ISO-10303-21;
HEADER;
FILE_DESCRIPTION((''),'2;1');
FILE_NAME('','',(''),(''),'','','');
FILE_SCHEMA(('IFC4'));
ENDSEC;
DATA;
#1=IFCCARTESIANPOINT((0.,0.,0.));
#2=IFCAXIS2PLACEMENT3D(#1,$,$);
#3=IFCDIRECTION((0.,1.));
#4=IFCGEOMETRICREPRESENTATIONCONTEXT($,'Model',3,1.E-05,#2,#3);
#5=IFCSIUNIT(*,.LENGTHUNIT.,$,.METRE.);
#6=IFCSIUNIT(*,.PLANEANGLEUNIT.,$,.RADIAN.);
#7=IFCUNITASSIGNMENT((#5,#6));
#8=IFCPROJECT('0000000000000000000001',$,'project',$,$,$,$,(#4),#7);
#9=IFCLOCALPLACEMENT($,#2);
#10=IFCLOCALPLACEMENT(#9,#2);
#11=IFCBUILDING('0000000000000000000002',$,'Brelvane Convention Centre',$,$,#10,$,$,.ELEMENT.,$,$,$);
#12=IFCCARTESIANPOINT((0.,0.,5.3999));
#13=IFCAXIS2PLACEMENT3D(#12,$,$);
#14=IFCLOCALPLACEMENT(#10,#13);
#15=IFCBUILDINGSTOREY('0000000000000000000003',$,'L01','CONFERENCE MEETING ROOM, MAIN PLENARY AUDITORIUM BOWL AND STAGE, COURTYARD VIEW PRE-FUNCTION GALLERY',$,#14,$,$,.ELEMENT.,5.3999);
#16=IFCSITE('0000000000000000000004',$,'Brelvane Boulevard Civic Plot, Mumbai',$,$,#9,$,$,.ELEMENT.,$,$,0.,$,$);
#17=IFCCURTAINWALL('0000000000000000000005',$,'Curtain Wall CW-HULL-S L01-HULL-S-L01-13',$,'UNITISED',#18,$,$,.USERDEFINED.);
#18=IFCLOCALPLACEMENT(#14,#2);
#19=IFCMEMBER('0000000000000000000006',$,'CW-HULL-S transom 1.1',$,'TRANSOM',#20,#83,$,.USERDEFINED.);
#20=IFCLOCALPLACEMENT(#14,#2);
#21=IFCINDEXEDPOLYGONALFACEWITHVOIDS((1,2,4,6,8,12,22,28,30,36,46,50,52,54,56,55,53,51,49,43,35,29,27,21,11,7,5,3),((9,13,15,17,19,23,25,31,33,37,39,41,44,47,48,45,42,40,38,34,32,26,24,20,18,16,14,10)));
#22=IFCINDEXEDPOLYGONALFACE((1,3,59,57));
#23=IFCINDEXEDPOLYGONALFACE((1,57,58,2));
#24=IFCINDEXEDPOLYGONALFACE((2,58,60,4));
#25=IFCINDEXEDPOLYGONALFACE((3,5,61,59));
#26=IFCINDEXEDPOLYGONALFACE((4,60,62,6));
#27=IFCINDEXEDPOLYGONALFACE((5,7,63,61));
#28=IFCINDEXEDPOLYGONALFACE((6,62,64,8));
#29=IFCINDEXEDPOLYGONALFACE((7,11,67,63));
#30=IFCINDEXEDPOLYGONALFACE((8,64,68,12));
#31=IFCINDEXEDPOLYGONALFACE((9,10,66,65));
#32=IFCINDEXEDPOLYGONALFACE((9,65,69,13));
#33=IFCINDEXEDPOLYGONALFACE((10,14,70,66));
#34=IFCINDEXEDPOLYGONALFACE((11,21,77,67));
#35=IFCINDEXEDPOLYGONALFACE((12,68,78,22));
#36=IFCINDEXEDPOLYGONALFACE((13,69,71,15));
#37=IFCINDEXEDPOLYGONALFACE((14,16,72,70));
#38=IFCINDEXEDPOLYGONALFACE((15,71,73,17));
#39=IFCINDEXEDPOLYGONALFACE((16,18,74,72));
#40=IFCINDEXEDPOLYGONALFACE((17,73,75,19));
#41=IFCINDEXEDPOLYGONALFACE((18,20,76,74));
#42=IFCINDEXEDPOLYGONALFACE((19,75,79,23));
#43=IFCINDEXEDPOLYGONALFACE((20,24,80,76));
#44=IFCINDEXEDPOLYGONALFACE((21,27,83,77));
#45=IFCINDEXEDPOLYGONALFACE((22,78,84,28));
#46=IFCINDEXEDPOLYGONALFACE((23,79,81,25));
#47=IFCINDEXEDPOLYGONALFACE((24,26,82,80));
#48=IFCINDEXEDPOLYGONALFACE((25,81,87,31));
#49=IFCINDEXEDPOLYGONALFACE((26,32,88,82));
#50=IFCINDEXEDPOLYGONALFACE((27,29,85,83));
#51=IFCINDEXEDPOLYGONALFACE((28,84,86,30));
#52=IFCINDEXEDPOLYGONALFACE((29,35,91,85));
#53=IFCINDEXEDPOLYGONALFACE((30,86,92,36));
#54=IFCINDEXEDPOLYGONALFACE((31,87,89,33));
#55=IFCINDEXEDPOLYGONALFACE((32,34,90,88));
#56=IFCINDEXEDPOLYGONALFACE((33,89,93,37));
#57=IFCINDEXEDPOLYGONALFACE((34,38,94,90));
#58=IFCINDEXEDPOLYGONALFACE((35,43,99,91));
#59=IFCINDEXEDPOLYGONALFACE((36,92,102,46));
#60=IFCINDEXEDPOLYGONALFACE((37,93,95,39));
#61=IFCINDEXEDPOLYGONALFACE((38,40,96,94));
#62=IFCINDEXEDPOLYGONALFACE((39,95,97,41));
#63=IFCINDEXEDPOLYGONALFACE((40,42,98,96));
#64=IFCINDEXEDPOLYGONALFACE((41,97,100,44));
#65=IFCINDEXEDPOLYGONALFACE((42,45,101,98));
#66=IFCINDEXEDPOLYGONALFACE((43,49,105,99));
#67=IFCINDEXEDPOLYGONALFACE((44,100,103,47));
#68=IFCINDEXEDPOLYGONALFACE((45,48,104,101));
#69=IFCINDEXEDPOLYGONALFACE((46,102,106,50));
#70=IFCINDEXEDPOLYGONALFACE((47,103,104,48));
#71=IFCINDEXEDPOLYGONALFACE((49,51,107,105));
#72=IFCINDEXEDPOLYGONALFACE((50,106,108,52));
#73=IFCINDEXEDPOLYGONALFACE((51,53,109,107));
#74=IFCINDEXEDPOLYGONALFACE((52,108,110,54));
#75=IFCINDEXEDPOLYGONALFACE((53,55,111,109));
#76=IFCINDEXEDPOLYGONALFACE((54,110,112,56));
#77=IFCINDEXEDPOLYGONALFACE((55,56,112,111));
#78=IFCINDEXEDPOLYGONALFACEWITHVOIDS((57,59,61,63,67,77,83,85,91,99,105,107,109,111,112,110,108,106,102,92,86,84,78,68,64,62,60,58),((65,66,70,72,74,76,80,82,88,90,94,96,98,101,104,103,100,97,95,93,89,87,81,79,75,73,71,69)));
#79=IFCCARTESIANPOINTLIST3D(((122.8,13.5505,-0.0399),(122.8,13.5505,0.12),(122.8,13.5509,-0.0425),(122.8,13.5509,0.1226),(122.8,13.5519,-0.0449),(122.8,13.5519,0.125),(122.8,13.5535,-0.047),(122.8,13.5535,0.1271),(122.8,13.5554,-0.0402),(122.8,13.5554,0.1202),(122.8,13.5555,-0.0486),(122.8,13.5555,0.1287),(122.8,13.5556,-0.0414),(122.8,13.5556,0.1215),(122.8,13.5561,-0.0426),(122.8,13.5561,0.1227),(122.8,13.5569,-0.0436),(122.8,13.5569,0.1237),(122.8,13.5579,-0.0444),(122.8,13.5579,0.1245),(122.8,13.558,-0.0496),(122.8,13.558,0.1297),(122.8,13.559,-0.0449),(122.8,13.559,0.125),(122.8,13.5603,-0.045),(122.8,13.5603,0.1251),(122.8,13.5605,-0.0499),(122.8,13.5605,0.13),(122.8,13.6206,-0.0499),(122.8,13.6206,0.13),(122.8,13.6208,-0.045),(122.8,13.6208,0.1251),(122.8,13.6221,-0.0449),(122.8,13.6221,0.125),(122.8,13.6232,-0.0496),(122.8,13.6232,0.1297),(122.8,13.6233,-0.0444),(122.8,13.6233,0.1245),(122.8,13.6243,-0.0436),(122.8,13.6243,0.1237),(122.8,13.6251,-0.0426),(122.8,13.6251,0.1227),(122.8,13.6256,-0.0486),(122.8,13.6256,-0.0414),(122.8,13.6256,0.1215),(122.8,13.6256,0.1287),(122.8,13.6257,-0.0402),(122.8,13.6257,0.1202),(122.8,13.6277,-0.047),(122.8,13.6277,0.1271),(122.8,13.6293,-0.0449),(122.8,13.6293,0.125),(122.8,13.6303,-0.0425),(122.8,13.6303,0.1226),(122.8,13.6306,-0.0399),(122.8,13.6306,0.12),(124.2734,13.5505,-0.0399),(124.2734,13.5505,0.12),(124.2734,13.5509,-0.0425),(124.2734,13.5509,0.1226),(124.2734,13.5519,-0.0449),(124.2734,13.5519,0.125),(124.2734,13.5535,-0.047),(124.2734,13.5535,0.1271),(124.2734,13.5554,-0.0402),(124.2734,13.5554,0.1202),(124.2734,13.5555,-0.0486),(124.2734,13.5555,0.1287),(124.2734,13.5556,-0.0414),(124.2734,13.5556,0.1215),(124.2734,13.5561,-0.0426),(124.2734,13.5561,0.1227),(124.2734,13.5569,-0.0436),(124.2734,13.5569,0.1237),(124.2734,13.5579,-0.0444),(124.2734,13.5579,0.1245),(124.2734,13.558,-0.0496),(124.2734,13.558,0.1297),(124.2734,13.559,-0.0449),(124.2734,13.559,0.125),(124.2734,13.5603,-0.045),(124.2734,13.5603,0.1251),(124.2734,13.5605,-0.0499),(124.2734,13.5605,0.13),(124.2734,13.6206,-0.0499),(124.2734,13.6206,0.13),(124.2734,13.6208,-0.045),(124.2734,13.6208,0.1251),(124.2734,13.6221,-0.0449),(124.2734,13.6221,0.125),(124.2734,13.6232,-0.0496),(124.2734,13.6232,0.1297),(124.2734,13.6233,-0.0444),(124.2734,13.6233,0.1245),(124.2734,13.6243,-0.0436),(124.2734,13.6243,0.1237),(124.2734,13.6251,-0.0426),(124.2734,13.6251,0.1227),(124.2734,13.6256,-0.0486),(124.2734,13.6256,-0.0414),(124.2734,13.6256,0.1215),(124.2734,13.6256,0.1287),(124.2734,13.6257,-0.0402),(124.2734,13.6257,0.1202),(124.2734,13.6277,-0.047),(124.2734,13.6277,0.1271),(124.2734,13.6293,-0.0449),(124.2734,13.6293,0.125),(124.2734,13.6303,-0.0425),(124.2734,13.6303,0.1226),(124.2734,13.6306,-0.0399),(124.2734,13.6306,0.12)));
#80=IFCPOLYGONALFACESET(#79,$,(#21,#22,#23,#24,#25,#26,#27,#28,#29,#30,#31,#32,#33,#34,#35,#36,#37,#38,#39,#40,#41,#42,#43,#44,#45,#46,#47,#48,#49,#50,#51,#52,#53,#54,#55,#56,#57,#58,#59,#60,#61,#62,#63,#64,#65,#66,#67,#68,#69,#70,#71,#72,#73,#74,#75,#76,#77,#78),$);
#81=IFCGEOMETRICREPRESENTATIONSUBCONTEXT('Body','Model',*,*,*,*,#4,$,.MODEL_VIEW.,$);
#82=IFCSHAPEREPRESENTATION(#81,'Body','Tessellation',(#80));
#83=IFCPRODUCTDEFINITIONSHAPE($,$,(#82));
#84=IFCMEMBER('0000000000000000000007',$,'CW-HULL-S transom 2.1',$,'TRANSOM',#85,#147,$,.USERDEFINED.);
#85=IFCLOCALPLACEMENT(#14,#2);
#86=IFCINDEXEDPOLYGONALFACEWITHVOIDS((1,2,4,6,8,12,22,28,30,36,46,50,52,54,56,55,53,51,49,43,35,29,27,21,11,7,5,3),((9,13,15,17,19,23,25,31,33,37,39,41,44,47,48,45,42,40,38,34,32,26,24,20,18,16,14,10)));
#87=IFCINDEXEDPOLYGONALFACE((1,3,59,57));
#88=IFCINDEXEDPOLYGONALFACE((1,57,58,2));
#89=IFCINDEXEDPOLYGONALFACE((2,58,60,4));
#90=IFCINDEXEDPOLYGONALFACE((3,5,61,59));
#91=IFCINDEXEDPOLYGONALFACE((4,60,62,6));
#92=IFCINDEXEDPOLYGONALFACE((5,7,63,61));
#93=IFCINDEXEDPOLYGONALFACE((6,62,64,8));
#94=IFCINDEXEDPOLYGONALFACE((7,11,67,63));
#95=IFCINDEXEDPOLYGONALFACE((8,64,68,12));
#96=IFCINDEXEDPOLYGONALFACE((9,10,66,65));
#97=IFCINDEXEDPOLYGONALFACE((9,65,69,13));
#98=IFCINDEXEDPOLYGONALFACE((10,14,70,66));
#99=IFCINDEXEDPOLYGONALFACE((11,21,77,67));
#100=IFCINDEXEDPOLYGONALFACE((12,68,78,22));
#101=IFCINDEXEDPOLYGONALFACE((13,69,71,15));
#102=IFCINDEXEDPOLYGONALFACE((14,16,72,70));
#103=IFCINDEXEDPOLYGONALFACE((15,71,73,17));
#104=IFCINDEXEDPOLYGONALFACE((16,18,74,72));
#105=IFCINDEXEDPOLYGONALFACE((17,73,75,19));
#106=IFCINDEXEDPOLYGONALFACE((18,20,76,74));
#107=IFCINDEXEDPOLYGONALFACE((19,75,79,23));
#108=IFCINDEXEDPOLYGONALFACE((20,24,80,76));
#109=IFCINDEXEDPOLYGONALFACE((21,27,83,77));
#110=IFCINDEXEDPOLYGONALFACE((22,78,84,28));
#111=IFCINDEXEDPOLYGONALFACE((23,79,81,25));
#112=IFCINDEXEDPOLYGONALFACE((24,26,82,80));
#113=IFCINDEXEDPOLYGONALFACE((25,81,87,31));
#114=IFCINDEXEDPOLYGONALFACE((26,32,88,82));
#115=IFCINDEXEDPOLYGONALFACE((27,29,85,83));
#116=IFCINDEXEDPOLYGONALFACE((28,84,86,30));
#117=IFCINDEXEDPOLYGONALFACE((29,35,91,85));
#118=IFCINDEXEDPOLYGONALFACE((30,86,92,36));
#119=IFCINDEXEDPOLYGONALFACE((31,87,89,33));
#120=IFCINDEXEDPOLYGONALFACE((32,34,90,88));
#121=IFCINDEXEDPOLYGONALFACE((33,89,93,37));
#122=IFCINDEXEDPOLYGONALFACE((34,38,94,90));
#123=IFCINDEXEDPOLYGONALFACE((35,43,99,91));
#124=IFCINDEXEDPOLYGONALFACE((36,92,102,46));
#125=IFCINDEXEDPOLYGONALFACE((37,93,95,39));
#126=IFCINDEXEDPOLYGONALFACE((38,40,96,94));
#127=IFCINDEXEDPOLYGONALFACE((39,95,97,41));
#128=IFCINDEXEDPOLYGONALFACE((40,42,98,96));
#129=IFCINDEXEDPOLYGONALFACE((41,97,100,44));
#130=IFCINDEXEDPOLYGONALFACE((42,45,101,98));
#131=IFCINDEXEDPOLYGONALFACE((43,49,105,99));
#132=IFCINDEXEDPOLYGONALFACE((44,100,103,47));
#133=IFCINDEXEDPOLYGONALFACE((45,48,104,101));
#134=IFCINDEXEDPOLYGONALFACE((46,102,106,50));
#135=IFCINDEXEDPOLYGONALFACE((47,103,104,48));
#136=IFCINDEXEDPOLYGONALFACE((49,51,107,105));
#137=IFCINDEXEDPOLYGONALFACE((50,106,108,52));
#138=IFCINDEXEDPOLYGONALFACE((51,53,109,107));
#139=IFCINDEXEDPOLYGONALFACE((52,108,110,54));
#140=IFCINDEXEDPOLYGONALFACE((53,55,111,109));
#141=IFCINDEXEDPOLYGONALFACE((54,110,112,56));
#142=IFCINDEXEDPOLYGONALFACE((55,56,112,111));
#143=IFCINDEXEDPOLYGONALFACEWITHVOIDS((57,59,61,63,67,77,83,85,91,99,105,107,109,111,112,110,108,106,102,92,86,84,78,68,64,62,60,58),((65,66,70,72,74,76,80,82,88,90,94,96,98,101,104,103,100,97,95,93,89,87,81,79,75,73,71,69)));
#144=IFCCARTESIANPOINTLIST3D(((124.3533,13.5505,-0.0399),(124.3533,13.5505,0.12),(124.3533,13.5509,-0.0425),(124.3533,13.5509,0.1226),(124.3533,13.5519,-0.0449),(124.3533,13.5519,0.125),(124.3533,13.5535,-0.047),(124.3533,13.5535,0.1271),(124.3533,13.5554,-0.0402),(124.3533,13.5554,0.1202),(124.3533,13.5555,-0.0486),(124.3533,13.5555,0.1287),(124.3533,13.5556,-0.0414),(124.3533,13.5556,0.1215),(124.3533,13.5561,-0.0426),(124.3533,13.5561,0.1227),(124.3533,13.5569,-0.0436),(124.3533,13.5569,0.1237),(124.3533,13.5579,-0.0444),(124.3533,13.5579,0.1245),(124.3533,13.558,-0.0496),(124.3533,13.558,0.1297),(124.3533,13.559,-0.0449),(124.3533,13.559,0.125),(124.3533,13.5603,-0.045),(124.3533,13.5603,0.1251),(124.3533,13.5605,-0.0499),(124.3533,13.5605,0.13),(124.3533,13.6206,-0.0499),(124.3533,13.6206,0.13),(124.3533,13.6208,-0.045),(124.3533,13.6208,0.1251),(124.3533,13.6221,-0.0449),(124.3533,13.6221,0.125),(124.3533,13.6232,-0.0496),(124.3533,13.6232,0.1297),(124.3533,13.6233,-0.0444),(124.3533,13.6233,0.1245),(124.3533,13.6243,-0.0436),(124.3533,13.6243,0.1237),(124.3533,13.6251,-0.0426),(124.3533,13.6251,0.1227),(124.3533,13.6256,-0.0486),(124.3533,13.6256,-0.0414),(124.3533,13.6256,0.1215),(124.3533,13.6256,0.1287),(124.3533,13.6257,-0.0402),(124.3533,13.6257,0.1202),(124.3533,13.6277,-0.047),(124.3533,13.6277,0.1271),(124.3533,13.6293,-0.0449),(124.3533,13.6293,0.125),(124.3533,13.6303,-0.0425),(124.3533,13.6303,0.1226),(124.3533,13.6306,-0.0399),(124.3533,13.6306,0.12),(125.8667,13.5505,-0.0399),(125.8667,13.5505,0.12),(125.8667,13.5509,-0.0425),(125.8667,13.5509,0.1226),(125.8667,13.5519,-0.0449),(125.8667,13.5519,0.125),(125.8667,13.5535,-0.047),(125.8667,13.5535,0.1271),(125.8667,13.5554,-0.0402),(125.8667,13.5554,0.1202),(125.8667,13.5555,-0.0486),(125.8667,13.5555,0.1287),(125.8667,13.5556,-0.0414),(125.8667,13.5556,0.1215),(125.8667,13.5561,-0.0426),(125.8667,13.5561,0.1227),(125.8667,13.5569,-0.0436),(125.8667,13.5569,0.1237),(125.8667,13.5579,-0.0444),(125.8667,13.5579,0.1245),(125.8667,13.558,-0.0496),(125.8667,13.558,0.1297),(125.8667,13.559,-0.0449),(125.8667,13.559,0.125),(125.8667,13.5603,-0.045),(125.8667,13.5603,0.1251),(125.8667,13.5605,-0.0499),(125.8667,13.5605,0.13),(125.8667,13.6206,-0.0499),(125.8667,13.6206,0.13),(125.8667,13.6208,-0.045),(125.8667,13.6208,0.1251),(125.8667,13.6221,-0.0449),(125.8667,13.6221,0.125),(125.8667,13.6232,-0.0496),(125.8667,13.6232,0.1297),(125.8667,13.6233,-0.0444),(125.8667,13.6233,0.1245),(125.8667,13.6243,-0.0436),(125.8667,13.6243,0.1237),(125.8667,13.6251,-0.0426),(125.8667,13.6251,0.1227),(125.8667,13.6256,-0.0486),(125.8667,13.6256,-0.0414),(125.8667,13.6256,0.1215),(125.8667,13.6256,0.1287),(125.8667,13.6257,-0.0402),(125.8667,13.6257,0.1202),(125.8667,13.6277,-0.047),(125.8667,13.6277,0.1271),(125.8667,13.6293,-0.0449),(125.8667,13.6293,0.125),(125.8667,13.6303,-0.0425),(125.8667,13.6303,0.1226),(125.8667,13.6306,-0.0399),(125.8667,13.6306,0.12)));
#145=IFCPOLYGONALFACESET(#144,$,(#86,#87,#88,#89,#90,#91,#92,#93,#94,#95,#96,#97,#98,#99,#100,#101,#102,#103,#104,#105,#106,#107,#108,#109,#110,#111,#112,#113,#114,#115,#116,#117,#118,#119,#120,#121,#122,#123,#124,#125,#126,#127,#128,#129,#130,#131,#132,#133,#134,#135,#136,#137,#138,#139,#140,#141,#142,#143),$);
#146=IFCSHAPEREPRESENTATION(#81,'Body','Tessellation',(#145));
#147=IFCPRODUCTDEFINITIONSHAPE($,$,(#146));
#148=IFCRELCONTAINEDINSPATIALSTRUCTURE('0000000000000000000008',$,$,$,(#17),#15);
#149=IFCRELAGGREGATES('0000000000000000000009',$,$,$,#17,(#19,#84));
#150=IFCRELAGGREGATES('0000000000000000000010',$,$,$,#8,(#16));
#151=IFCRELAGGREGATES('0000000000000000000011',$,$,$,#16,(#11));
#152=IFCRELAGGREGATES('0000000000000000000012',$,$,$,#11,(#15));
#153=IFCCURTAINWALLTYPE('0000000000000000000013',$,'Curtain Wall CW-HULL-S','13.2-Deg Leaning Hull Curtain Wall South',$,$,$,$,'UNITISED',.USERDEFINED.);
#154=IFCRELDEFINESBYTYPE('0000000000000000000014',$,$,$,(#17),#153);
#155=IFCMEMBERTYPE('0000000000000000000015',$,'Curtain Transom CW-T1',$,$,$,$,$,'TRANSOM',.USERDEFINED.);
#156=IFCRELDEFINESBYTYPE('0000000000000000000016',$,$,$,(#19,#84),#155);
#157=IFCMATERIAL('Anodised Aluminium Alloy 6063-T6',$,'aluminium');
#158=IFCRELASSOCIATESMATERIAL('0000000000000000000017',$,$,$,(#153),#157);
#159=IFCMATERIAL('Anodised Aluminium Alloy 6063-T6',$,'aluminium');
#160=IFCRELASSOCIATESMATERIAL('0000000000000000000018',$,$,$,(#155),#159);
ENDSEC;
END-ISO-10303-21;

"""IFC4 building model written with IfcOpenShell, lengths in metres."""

from ifc_helpers import new_model, si_unit, direction, frame, origin, origin_2d, place, context, subcontext, project, spatial, hollow_rectangle, extrude, material, material_profile, profile_set, type_object, element, aggregate, save


model = new_model("IFC4")

# Units and contexts
model_context = context("Model", 3, precision=1e-05, world=origin(), true_north=direction((0.0, 1.0)))
body_context = subcontext(model_context, "Body", "Model", "MODEL_VIEW")
ifc_project = project(units=[si_unit("LENGTHUNIT", "METRE"), si_unit("PLANEANGLEUNIT", "RADIAN")], contexts=[model_context])

# Site, building, storey
site_placement = place(None, origin())
site = spatial("IfcSite", under=ifc_project, at=site_placement, Name="Brelvane Boulevard Civic Plot, Mumbai", CompositionType="ELEMENT", RefElevation=0.0)
building_placement = place(site_placement, origin())
building = spatial("IfcBuilding", under=site, at=building_placement, Name="Brelvane Convention Centre", CompositionType="ELEMENT")
storey_placement = place(building_placement, frame((0.0, 0.0, 5.3999)))
storey = spatial("IfcBuildingStorey", under=building, at=storey_placement, Name="L01", Description="CONFERENCE MEETING ROOM, MAIN PLENARY AUDITORIUM BOWL AND STAGE, COURTYARD VIEW PRE-FUNCTION GALLERY", CompositionType="ELEMENT", Elevation=5.3999)

# Shared definitions
ifc_material_1 = material(Name="Anodised Aluminium Alloy 6063-T6", Category="aluminium")
curtain_wall_type = type_object("IfcCurtainWallType", Name="Curtain Wall CW-HULL-S", Description="13.2-Deg Leaning Hull Curtain Wall South", ElementType="UNITISED", PredefinedType="USERDEFINED", material=ifc_material_1)

# Curtain wall
curtain_wall_1_placement = place(storey_placement, origin())
curtain_wall_1 = element("IfcCurtainWall", 1, at=curtain_wall_1_placement, inside=storey, type_object=curtain_wall_type, Name="Curtain Wall CW-HULL-S L01-HULL-S-L01-13", ObjectType="UNITISED", PredefinedType="USERDEFINED")

# Members
ifc_material_2 = material(Name="Anodised Aluminium Alloy 6063-T6", Category="aluminium")
ifc_material_profile_1 = material_profile(ifc_material_2, hollow_rectangle(XDim=0.0801, YDim=0.1799, WallThickness=0.0049, InnerFilletRadius=0.0049, OuterFilletRadius=0.01, at=origin_2d()), Name="ALU-T 180x80x5.0")
ifc_profile_set_1 = profile_set([ifc_material_profile_1], Name="Anodised Aluminium Alloy 6063-T6")
member_type_1 = type_object("IfcMemberType", Name="Curtain Transom CW-T1", ElementType="TRANSOM", PredefinedType="USERDEFINED", material=ifc_profile_set_1)
member_1_placement = place(storey_placement, frame((122.8, 13.5906, 0.04), z_axis=(1.0, 0.0, 0.0), x_axis=(0.0, 1.0, 0.0)))
member_1 = element("IfcMember", 2, at=member_1_placement, type_object=member_type_1, Name="CW-HULL-S transom 1.1", ObjectType="TRANSOM", PredefinedType="USERDEFINED", context=body_context, shape_type="SweptSolid", body=[
    extrude(hollow_rectangle(XDim=0.0801, YDim=0.1799, WallThickness=0.0049, InnerFilletRadius=0.0049, OuterFilletRadius=0.01, at=origin_2d()), origin(), (0.0, 0.0, 1.0), 1.4734),
])
member_2_placement = place(storey_placement, frame((124.3533, 13.5906, 0.04), z_axis=(1.0, 0.0, 0.0), x_axis=(0.0, 1.0, 0.0)))
member_2 = element("IfcMember", 3, at=member_2_placement, type_object=member_type_1, Name="CW-HULL-S transom 2.1", ObjectType="TRANSOM", PredefinedType="USERDEFINED", context=body_context, shape_type="SweptSolid", body=[
    extrude(hollow_rectangle(XDim=0.0801, YDim=0.1799, WallThickness=0.0049, InnerFilletRadius=0.0049, OuterFilletRadius=0.01, at=origin_2d()), origin(), (0.0, 0.0, 1.0), 1.5134),
])

aggregate(curtain_wall_1, [member_1, member_2])

save(model, "model.ifc")
